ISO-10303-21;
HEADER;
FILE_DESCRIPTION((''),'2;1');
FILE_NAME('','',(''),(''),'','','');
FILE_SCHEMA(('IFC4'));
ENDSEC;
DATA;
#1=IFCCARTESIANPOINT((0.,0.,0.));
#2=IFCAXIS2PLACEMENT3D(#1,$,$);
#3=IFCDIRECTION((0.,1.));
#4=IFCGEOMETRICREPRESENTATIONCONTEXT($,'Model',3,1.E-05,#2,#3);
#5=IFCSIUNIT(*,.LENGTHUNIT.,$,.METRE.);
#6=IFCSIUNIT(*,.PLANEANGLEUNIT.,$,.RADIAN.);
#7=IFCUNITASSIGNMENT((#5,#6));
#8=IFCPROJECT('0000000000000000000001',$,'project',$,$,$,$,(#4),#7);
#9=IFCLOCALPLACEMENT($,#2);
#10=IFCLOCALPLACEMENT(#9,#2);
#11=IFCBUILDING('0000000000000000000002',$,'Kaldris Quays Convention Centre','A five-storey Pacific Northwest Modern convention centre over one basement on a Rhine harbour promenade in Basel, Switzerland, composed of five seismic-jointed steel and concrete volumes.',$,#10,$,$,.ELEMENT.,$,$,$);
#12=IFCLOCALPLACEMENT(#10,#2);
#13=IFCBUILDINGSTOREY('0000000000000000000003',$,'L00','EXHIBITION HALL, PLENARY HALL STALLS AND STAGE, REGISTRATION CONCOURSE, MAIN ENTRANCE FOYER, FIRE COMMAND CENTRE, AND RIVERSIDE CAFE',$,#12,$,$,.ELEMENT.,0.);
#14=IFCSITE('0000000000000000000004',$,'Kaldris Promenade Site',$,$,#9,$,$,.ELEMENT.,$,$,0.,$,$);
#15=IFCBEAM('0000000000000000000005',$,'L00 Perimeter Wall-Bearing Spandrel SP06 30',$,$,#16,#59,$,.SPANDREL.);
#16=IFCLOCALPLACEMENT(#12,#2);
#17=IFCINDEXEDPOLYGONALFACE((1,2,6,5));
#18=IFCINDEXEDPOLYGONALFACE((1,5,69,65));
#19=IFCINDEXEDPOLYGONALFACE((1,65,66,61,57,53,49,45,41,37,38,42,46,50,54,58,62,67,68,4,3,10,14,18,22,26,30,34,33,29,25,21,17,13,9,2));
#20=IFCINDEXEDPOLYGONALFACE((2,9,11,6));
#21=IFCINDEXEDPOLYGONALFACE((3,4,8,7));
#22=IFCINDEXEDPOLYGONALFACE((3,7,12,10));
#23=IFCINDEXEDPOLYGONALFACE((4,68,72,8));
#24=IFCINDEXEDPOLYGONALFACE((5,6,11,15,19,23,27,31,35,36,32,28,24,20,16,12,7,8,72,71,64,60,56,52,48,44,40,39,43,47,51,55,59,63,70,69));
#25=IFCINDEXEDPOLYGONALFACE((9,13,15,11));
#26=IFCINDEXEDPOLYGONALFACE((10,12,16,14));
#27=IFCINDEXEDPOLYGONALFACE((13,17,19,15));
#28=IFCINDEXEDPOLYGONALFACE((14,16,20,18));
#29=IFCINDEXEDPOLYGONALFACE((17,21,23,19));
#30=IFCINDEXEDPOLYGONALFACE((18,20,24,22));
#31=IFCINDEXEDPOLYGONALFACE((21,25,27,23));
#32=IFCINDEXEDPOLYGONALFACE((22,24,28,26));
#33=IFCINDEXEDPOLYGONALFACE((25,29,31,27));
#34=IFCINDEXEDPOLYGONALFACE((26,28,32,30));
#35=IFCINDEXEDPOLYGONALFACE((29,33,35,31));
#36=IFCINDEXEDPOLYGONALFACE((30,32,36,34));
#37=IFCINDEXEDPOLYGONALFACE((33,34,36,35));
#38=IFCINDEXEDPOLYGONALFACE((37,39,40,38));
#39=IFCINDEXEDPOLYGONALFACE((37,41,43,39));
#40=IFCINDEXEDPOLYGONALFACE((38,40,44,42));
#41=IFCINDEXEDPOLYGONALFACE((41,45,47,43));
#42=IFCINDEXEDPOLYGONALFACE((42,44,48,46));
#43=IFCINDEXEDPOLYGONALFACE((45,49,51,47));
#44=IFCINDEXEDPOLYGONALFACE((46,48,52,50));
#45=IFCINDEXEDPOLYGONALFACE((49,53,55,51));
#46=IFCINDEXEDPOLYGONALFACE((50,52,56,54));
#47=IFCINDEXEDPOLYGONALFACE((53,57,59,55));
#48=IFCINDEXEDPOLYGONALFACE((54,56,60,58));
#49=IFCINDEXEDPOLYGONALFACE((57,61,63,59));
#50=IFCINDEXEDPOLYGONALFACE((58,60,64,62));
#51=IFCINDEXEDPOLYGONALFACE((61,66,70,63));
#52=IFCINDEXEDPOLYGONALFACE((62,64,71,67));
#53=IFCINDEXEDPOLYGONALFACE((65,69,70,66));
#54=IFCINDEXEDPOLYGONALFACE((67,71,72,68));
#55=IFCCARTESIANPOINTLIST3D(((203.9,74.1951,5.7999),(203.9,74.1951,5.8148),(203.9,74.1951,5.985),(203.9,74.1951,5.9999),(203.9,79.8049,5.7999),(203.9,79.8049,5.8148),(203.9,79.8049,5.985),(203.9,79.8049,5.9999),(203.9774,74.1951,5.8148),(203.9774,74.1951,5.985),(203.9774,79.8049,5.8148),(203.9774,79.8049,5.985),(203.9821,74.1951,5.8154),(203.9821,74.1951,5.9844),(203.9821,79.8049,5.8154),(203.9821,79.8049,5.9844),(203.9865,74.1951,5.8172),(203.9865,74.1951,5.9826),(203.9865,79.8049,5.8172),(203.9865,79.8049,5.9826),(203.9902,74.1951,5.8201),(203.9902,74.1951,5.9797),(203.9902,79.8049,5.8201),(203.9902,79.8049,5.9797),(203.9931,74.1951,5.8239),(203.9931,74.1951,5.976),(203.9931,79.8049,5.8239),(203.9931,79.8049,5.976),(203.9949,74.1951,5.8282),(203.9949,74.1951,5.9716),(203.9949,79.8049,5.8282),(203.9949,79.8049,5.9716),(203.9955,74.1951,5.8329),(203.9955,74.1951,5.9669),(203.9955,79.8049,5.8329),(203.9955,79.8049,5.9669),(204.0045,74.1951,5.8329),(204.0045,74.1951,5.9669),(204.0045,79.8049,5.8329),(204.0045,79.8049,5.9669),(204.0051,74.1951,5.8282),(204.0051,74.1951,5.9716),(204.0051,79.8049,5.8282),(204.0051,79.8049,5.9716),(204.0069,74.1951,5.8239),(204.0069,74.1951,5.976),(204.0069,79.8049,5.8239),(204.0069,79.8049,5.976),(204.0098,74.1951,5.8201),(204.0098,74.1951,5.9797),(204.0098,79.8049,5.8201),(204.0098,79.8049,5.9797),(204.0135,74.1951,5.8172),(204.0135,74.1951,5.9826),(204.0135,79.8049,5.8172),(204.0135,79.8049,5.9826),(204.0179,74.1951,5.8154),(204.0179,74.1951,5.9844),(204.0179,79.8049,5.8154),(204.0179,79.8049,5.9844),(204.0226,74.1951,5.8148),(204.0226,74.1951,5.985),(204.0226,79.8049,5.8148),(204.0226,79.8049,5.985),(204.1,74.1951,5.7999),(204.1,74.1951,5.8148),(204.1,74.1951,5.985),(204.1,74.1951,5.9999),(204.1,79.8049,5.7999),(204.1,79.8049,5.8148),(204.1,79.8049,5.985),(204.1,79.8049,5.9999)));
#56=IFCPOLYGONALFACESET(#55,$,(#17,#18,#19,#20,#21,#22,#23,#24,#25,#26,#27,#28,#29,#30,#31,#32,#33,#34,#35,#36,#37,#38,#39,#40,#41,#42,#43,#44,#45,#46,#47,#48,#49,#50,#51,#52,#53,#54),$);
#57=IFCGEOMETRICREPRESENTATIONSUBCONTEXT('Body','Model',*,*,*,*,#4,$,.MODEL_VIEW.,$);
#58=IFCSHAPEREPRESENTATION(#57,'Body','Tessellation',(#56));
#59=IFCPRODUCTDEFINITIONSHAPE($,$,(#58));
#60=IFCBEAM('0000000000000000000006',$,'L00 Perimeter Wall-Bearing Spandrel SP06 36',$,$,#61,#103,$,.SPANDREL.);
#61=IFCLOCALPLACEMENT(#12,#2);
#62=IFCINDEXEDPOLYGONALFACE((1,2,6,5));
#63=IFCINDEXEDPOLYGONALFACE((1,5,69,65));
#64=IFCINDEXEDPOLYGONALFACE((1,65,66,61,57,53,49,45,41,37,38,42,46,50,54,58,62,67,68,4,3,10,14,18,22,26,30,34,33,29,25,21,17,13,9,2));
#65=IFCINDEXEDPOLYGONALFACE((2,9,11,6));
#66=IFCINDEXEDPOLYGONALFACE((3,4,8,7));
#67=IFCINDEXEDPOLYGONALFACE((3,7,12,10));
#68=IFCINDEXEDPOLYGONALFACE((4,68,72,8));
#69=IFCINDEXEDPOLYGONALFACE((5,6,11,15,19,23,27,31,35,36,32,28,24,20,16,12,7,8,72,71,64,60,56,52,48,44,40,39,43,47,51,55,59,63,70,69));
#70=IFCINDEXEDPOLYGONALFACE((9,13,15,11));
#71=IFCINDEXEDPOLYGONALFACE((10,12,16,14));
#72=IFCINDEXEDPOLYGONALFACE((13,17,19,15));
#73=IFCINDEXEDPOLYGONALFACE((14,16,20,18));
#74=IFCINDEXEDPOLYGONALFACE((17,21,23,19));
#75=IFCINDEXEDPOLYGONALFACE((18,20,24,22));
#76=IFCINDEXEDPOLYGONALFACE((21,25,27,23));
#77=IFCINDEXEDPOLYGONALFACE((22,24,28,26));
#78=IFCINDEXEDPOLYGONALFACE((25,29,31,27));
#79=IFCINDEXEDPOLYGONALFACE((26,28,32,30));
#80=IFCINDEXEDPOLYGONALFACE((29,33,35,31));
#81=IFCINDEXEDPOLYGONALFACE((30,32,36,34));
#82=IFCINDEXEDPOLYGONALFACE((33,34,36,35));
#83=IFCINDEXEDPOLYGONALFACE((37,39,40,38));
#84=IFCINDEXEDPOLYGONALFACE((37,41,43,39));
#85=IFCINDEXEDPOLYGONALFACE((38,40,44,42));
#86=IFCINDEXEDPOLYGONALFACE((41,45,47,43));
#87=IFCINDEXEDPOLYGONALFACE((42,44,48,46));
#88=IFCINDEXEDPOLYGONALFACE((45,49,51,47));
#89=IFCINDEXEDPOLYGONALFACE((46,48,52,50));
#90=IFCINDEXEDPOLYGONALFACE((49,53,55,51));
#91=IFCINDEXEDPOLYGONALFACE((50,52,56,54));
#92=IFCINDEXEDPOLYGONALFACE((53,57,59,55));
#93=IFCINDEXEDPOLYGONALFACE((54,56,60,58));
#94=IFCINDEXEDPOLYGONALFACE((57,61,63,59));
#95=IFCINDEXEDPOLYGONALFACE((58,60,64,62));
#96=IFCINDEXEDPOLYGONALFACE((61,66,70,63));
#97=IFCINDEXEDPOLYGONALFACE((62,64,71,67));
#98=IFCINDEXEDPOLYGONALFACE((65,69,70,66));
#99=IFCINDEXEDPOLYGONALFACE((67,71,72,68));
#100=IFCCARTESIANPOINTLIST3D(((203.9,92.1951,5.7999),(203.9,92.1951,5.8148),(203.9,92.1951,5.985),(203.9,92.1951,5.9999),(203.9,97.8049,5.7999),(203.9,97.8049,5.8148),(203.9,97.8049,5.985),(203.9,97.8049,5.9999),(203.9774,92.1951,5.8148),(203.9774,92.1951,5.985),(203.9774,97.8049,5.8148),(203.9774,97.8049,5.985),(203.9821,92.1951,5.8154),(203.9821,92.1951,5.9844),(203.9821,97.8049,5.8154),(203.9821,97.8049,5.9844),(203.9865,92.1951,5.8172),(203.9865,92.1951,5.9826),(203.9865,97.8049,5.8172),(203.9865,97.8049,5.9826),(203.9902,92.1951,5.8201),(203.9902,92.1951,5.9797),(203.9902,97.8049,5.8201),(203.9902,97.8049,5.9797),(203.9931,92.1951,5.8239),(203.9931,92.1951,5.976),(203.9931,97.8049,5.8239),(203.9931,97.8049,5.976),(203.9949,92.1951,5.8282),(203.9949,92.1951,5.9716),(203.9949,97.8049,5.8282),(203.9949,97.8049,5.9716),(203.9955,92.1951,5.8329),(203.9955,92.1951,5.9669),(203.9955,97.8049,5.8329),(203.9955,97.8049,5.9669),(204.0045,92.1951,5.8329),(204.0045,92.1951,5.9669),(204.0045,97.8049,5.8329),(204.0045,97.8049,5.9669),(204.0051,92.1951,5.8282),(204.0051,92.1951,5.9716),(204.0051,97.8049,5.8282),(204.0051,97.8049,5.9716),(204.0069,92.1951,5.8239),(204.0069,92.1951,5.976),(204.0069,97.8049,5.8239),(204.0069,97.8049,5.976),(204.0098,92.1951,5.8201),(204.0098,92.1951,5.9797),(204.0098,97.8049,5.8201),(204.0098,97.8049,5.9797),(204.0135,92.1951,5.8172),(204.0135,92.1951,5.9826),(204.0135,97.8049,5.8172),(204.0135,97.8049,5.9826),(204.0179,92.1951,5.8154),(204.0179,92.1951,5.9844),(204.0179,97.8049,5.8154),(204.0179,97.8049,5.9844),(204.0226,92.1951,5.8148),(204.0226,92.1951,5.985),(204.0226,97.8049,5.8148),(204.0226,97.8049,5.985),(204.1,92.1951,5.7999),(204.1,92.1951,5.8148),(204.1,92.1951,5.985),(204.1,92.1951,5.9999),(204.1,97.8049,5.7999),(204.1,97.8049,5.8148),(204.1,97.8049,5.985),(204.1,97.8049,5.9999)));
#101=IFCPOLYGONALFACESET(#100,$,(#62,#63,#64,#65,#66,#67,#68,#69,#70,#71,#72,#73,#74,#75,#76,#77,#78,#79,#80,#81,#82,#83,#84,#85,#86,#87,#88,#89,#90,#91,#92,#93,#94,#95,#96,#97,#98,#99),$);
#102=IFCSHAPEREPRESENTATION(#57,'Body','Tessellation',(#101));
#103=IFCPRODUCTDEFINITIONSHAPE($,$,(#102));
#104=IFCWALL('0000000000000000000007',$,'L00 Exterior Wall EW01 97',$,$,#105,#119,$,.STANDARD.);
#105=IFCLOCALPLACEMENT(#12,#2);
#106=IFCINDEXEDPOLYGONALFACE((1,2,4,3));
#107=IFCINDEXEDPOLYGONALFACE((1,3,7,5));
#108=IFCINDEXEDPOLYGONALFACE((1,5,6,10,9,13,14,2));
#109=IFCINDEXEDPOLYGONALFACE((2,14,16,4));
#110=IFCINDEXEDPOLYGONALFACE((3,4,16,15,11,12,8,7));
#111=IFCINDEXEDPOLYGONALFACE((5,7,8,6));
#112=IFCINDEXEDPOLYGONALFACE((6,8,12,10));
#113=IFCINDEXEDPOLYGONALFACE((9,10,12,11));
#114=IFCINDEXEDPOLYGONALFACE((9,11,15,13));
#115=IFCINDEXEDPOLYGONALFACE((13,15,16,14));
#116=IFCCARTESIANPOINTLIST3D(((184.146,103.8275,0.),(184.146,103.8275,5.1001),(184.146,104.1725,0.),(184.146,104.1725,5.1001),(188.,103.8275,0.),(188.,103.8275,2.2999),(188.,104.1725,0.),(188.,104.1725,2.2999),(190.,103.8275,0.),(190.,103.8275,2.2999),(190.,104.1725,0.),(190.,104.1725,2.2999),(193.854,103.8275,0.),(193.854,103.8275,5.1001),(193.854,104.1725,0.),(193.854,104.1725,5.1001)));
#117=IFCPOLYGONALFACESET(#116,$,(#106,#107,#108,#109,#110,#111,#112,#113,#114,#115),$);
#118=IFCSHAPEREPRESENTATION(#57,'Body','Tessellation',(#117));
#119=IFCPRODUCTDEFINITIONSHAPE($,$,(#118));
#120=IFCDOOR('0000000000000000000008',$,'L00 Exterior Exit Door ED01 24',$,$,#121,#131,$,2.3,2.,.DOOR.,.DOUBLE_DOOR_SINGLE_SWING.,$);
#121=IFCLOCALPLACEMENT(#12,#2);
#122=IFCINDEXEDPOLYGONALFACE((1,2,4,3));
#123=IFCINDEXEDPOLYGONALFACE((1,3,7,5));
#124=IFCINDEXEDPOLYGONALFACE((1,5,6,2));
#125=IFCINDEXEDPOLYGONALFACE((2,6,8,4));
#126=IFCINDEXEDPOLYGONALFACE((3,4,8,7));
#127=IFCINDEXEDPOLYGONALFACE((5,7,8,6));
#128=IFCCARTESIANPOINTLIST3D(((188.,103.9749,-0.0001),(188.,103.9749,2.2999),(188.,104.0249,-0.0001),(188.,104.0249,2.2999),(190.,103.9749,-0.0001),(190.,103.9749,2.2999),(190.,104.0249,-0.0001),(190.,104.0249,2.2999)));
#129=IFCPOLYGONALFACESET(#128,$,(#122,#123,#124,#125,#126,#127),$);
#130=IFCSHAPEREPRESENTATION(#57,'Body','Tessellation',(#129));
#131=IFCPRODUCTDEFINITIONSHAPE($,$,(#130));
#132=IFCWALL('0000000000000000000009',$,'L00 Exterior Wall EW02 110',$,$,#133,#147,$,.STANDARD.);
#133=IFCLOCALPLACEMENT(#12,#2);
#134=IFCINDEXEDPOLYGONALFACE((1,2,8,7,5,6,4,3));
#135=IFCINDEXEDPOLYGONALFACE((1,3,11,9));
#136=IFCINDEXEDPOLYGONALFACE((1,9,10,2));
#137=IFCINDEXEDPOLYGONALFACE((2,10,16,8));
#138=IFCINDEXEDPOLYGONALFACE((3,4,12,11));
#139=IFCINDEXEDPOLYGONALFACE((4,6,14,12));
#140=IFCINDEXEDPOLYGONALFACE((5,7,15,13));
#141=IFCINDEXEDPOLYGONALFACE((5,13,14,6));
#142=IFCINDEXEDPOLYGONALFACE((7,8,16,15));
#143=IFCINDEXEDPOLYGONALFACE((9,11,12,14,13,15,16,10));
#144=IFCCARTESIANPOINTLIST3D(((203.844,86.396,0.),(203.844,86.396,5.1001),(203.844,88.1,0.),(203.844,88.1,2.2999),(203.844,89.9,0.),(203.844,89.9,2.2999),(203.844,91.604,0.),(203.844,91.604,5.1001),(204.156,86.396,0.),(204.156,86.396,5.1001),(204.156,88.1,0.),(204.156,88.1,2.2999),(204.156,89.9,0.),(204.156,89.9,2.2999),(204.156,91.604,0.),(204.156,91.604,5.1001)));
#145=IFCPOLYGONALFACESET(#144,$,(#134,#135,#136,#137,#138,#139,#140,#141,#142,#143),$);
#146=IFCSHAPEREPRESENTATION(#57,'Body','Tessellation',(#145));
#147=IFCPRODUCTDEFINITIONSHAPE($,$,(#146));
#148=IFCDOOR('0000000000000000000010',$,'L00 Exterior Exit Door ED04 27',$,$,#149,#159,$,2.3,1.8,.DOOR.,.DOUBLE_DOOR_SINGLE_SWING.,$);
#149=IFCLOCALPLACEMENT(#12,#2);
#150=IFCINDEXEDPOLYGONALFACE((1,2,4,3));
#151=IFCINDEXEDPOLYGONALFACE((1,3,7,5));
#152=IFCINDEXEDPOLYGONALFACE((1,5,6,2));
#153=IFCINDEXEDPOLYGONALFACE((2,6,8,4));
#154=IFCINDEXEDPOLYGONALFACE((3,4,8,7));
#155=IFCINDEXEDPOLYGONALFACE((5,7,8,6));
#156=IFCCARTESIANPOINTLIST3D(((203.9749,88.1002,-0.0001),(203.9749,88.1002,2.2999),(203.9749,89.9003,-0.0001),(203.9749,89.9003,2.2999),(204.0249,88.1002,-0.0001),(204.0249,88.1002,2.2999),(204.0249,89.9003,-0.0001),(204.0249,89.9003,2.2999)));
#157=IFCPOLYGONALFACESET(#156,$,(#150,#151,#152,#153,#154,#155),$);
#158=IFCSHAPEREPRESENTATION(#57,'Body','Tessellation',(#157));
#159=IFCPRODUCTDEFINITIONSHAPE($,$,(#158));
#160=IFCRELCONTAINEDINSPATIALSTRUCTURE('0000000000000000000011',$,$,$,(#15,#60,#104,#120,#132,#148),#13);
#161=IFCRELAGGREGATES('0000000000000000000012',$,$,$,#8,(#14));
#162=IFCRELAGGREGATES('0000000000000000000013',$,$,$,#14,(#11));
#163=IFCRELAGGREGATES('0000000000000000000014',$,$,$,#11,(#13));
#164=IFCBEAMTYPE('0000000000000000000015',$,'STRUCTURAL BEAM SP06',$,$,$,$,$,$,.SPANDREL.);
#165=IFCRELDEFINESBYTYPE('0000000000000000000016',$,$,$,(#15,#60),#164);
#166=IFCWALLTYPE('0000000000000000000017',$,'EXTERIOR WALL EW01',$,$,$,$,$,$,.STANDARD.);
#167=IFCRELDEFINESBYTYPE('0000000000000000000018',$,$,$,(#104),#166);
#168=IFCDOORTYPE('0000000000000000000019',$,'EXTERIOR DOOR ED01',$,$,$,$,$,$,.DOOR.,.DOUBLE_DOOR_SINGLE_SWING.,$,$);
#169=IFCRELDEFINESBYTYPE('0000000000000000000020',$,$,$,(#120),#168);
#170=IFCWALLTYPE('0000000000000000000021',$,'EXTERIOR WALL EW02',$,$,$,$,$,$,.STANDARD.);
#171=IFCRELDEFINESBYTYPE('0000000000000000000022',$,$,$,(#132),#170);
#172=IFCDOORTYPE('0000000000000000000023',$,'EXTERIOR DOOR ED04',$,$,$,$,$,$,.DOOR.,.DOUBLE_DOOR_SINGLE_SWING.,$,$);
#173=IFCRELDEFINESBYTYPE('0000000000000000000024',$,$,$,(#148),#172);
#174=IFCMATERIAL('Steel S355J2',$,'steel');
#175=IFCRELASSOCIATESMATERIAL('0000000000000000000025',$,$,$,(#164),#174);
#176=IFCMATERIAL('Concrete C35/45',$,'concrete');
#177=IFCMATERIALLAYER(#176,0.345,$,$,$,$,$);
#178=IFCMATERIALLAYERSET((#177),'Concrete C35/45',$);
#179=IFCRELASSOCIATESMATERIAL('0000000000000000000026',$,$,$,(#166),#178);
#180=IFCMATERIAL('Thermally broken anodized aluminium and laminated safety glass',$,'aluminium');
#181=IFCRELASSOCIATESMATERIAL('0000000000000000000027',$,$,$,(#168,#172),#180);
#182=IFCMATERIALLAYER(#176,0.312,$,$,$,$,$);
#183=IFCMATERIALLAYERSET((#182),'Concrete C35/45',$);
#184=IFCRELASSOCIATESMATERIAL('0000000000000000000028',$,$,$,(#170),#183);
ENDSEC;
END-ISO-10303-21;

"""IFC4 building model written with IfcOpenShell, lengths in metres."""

from ifc_helpers import new_model, si_unit, direction, frame, frame_2d, origin, origin_2d, place, context, subcontext, project, spatial, rectangle, i_section, extrude, material, layer, layer_set, material_profile, profile_set, type_object, element, fill, save


model = new_model("IFC4")

# Units and contexts
model_context = context("Model", 3, precision=1e-05, world=origin(), true_north=direction((0.0, 1.0)))
body_context = subcontext(model_context, "Body", "Model", "MODEL_VIEW")
ifc_project = project(units=[si_unit("LENGTHUNIT", "METRE"), si_unit("PLANEANGLEUNIT", "RADIAN")], contexts=[model_context])

# Site, building, storey
site_placement = place(None, origin())
site = spatial("IfcSite", under=ifc_project, at=site_placement, Name="Kaldris Promenade Site", CompositionType="ELEMENT", RefElevation=0.0)
building_placement = place(site_placement, origin())
building = spatial("IfcBuilding", under=site, at=building_placement, Name="Kaldris Quays Convention Centre", Description="A five-storey Pacific Northwest Modern convention centre over one basement on a Rhine harbour promenade in Basel, Switzerland, composed of five seismic-jointed steel and concrete volumes.", CompositionType="ELEMENT")
storey_placement = place(building_placement, origin())
storey = spatial("IfcBuildingStorey", under=building, at=storey_placement, Name="L00", Description="EXHIBITION HALL, PLENARY HALL STALLS AND STAGE, REGISTRATION CONCOURSE, MAIN ENTRANCE FOYER, FIRE COMMAND CENTRE, AND RIVERSIDE CAFE", CompositionType="ELEMENT", Elevation=0.0)

# Shared definitions
ifc_material_1 = material(Name="Steel S355J2", Category="steel")

# Beams
ifc_material_profile_1 = material_profile(ifc_material_1, i_section(OverallWidth=0.2, OverallDepth=0.2, WebThickness=0.009, FlangeThickness=0.0149, FilletRadius=0.0181, at=origin_2d()), Name="HEB 200")
ifc_profile_set_1 = profile_set([ifc_material_profile_1], Name="Steel S355J2")
beam_type_1 = type_object("IfcBeamType", Name="STRUCTURAL BEAM SP06", PredefinedType="SPANDREL", material=ifc_profile_set_1)
for number, where, z_axis, x_axis, name in (
    (1, (204.0, 74.1951, 5.8999), (0.0, 1.0, 0.0), (-1.0, 0.0, 0.0), "L00 Perimeter Wall-Bearing Spandrel SP06 30"),
    (2, (204.0, 92.1951, 5.8999), (0.0, 1.0, 0.0), (-1.0, 0.0, 0.0), "L00 Perimeter Wall-Bearing Spandrel SP06 36"),
):
    element("IfcBeam", number, at=place(storey_placement, frame(where, z_axis=z_axis, x_axis=x_axis)), inside=storey, type_object=beam_type_1, Name=name, PredefinedType="SPANDREL", context=body_context, shape_type="SweptSolid", body=[
        extrude(i_section(OverallWidth=0.2, OverallDepth=0.2, WebThickness=0.009, FlangeThickness=0.0149, FilletRadius=0.0181, at=origin_2d()), origin(), (0.0, 0.0, 1.0), 5.6099),
    ])

# Walls, openings, doors
ifc_material_2 = material(Name="Concrete C35/45", Category="concrete")
ifc_layer_1 = layer(ifc_material_2, 0.345)
ifc_layer_set_1 = layer_set([ifc_layer_1], Name="Concrete C35/45")
wall_type_1 = type_object("IfcWallType", Name="EXTERIOR WALL EW01", PredefinedType="STANDARD", material=ifc_layer_set_1)
wall_1_placement = place(storey_placement, frame((184.146, 104.0, 0.0), z_axis=(0.0, 0.0, 1.0), x_axis=(1.0, 0.0, 0.0)))
wall_1 = element("IfcWall", 3, at=wall_1_placement, inside=storey, type_object=wall_type_1, Name="L00 Exterior Wall EW01 97", PredefinedType="STANDARD", context=body_context, shape_type="SweptSolid", body=[
    extrude(rectangle(XDim=9.708, YDim=0.345, at=frame_2d((4.854, 0.0))), origin(), (0.0, 0.0, 1.0), 5.1001),
])
opening_1_placement = place(wall_1_placement, frame((3.854, 0.0, 0.0)))
opening_1 = element("IfcOpeningElement", 4, at=opening_1_placement, cuts=wall_1, PredefinedType="OPENING", context=body_context, shape_type="SweptSolid", body=[
    extrude(rectangle(XDim=2.0, YDim=2.3, at=frame_2d((1.0, 1.1499))), frame((0.0, 0.1826, 0.0), z_axis=(0.0, -1.0, 0.0), x_axis=(1.0, 0.0, 0.0)), (0.0, 0.0, 1.0), 0.365),
])
ifc_material_3 = material(Name="Thermally broken anodized aluminium and laminated safety glass", Category="aluminium")
door_type_1 = type_object("IfcDoorType", Name="EXTERIOR DOOR ED01", OperationType="DOUBLE_DOOR_SINGLE_SWING", PredefinedType="DOOR", material=ifc_material_3)
door_1_placement = place(opening_1_placement, origin())
door_1 = element("IfcDoor", 5, at=door_1_placement, inside=storey, type_object=door_type_1, Name="L00 Exterior Exit Door ED01 24", OperationType="DOUBLE_DOOR_SINGLE_SWING", OverallHeight=2.3, OverallWidth=2.0, PredefinedType="DOOR", context=body_context, shape_type="SweptSolid", body=[
    extrude(rectangle(XDim=2.0, YDim=2.3, at=frame_2d((1.0, 1.1499))), frame((0.0, 0.0249, 0.0), z_axis=(0.0, -1.0, 0.0), x_axis=(1.0, 0.0, 0.0)), (0.0, 0.0, 1.0), 0.05),
])
fill(opening_1, door_1)
ifc_layer_2 = layer(ifc_material_2, 0.312)
ifc_layer_set_2 = layer_set([ifc_layer_2], Name="Concrete C35/45")
wall_type_2 = type_object("IfcWallType", Name="EXTERIOR WALL EW02", PredefinedType="STANDARD", material=ifc_layer_set_2)
wall_2_placement = place(storey_placement, frame((204.0, 86.396, 0.0), z_axis=(0.0, 0.0, 1.0), x_axis=(0.0, 1.0, 0.0)))
wall_2 = element("IfcWall", 6, at=wall_2_placement, inside=storey, type_object=wall_type_2, Name="L00 Exterior Wall EW02 110", PredefinedType="STANDARD", context=body_context, shape_type="SweptSolid", body=[
    extrude(rectangle(XDim=5.208, YDim=0.312, at=frame_2d((2.604, 0.0))), origin(), (0.0, 0.0, 1.0), 5.1001),
])
opening_2_placement = place(wall_2_placement, frame((1.7041, 0.0, 0.0)))
opening_2 = element("IfcOpeningElement", 7, at=opening_2_placement, cuts=wall_2, PredefinedType="OPENING", context=body_context, shape_type="SweptSolid", body=[
    extrude(rectangle(XDim=1.8, YDim=2.3, at=frame_2d((0.8999, 1.1499))), frame((0.0, 0.166, 0.0), z_axis=(0.0, -1.0, 0.0), x_axis=(1.0, 0.0, 0.0)), (0.0, 0.0, 1.0), 0.332),
])
door_type_2 = type_object("IfcDoorType", Name="EXTERIOR DOOR ED04", OperationType="DOUBLE_DOOR_SINGLE_SWING", PredefinedType="DOOR", material=ifc_material_3)
door_2_placement = place(opening_2_placement, frame((1.8, 0.0, 0.0), z_axis=(0.0, 0.0, 1.0), x_axis=(-1.0, 0.0, 0.0)))
door_2 = element("IfcDoor", 8, at=door_2_placement, inside=storey, type_object=door_type_2, Name="L00 Exterior Exit Door ED04 27", OperationType="DOUBLE_DOOR_SINGLE_SWING", OverallHeight=2.3, OverallWidth=1.8, PredefinedType="DOOR", context=body_context, shape_type="SweptSolid", body=[
    extrude(rectangle(XDim=1.8, YDim=2.3, at=frame_2d((0.8999, 1.1499))), frame((0.0, 0.0249, 0.0), z_axis=(0.0, -1.0, 0.0), x_axis=(1.0, 0.0, 0.0)), (0.0, 0.0, 1.0), 0.05),
])
fill(opening_2, door_2)

save(model, "model.ifc")
